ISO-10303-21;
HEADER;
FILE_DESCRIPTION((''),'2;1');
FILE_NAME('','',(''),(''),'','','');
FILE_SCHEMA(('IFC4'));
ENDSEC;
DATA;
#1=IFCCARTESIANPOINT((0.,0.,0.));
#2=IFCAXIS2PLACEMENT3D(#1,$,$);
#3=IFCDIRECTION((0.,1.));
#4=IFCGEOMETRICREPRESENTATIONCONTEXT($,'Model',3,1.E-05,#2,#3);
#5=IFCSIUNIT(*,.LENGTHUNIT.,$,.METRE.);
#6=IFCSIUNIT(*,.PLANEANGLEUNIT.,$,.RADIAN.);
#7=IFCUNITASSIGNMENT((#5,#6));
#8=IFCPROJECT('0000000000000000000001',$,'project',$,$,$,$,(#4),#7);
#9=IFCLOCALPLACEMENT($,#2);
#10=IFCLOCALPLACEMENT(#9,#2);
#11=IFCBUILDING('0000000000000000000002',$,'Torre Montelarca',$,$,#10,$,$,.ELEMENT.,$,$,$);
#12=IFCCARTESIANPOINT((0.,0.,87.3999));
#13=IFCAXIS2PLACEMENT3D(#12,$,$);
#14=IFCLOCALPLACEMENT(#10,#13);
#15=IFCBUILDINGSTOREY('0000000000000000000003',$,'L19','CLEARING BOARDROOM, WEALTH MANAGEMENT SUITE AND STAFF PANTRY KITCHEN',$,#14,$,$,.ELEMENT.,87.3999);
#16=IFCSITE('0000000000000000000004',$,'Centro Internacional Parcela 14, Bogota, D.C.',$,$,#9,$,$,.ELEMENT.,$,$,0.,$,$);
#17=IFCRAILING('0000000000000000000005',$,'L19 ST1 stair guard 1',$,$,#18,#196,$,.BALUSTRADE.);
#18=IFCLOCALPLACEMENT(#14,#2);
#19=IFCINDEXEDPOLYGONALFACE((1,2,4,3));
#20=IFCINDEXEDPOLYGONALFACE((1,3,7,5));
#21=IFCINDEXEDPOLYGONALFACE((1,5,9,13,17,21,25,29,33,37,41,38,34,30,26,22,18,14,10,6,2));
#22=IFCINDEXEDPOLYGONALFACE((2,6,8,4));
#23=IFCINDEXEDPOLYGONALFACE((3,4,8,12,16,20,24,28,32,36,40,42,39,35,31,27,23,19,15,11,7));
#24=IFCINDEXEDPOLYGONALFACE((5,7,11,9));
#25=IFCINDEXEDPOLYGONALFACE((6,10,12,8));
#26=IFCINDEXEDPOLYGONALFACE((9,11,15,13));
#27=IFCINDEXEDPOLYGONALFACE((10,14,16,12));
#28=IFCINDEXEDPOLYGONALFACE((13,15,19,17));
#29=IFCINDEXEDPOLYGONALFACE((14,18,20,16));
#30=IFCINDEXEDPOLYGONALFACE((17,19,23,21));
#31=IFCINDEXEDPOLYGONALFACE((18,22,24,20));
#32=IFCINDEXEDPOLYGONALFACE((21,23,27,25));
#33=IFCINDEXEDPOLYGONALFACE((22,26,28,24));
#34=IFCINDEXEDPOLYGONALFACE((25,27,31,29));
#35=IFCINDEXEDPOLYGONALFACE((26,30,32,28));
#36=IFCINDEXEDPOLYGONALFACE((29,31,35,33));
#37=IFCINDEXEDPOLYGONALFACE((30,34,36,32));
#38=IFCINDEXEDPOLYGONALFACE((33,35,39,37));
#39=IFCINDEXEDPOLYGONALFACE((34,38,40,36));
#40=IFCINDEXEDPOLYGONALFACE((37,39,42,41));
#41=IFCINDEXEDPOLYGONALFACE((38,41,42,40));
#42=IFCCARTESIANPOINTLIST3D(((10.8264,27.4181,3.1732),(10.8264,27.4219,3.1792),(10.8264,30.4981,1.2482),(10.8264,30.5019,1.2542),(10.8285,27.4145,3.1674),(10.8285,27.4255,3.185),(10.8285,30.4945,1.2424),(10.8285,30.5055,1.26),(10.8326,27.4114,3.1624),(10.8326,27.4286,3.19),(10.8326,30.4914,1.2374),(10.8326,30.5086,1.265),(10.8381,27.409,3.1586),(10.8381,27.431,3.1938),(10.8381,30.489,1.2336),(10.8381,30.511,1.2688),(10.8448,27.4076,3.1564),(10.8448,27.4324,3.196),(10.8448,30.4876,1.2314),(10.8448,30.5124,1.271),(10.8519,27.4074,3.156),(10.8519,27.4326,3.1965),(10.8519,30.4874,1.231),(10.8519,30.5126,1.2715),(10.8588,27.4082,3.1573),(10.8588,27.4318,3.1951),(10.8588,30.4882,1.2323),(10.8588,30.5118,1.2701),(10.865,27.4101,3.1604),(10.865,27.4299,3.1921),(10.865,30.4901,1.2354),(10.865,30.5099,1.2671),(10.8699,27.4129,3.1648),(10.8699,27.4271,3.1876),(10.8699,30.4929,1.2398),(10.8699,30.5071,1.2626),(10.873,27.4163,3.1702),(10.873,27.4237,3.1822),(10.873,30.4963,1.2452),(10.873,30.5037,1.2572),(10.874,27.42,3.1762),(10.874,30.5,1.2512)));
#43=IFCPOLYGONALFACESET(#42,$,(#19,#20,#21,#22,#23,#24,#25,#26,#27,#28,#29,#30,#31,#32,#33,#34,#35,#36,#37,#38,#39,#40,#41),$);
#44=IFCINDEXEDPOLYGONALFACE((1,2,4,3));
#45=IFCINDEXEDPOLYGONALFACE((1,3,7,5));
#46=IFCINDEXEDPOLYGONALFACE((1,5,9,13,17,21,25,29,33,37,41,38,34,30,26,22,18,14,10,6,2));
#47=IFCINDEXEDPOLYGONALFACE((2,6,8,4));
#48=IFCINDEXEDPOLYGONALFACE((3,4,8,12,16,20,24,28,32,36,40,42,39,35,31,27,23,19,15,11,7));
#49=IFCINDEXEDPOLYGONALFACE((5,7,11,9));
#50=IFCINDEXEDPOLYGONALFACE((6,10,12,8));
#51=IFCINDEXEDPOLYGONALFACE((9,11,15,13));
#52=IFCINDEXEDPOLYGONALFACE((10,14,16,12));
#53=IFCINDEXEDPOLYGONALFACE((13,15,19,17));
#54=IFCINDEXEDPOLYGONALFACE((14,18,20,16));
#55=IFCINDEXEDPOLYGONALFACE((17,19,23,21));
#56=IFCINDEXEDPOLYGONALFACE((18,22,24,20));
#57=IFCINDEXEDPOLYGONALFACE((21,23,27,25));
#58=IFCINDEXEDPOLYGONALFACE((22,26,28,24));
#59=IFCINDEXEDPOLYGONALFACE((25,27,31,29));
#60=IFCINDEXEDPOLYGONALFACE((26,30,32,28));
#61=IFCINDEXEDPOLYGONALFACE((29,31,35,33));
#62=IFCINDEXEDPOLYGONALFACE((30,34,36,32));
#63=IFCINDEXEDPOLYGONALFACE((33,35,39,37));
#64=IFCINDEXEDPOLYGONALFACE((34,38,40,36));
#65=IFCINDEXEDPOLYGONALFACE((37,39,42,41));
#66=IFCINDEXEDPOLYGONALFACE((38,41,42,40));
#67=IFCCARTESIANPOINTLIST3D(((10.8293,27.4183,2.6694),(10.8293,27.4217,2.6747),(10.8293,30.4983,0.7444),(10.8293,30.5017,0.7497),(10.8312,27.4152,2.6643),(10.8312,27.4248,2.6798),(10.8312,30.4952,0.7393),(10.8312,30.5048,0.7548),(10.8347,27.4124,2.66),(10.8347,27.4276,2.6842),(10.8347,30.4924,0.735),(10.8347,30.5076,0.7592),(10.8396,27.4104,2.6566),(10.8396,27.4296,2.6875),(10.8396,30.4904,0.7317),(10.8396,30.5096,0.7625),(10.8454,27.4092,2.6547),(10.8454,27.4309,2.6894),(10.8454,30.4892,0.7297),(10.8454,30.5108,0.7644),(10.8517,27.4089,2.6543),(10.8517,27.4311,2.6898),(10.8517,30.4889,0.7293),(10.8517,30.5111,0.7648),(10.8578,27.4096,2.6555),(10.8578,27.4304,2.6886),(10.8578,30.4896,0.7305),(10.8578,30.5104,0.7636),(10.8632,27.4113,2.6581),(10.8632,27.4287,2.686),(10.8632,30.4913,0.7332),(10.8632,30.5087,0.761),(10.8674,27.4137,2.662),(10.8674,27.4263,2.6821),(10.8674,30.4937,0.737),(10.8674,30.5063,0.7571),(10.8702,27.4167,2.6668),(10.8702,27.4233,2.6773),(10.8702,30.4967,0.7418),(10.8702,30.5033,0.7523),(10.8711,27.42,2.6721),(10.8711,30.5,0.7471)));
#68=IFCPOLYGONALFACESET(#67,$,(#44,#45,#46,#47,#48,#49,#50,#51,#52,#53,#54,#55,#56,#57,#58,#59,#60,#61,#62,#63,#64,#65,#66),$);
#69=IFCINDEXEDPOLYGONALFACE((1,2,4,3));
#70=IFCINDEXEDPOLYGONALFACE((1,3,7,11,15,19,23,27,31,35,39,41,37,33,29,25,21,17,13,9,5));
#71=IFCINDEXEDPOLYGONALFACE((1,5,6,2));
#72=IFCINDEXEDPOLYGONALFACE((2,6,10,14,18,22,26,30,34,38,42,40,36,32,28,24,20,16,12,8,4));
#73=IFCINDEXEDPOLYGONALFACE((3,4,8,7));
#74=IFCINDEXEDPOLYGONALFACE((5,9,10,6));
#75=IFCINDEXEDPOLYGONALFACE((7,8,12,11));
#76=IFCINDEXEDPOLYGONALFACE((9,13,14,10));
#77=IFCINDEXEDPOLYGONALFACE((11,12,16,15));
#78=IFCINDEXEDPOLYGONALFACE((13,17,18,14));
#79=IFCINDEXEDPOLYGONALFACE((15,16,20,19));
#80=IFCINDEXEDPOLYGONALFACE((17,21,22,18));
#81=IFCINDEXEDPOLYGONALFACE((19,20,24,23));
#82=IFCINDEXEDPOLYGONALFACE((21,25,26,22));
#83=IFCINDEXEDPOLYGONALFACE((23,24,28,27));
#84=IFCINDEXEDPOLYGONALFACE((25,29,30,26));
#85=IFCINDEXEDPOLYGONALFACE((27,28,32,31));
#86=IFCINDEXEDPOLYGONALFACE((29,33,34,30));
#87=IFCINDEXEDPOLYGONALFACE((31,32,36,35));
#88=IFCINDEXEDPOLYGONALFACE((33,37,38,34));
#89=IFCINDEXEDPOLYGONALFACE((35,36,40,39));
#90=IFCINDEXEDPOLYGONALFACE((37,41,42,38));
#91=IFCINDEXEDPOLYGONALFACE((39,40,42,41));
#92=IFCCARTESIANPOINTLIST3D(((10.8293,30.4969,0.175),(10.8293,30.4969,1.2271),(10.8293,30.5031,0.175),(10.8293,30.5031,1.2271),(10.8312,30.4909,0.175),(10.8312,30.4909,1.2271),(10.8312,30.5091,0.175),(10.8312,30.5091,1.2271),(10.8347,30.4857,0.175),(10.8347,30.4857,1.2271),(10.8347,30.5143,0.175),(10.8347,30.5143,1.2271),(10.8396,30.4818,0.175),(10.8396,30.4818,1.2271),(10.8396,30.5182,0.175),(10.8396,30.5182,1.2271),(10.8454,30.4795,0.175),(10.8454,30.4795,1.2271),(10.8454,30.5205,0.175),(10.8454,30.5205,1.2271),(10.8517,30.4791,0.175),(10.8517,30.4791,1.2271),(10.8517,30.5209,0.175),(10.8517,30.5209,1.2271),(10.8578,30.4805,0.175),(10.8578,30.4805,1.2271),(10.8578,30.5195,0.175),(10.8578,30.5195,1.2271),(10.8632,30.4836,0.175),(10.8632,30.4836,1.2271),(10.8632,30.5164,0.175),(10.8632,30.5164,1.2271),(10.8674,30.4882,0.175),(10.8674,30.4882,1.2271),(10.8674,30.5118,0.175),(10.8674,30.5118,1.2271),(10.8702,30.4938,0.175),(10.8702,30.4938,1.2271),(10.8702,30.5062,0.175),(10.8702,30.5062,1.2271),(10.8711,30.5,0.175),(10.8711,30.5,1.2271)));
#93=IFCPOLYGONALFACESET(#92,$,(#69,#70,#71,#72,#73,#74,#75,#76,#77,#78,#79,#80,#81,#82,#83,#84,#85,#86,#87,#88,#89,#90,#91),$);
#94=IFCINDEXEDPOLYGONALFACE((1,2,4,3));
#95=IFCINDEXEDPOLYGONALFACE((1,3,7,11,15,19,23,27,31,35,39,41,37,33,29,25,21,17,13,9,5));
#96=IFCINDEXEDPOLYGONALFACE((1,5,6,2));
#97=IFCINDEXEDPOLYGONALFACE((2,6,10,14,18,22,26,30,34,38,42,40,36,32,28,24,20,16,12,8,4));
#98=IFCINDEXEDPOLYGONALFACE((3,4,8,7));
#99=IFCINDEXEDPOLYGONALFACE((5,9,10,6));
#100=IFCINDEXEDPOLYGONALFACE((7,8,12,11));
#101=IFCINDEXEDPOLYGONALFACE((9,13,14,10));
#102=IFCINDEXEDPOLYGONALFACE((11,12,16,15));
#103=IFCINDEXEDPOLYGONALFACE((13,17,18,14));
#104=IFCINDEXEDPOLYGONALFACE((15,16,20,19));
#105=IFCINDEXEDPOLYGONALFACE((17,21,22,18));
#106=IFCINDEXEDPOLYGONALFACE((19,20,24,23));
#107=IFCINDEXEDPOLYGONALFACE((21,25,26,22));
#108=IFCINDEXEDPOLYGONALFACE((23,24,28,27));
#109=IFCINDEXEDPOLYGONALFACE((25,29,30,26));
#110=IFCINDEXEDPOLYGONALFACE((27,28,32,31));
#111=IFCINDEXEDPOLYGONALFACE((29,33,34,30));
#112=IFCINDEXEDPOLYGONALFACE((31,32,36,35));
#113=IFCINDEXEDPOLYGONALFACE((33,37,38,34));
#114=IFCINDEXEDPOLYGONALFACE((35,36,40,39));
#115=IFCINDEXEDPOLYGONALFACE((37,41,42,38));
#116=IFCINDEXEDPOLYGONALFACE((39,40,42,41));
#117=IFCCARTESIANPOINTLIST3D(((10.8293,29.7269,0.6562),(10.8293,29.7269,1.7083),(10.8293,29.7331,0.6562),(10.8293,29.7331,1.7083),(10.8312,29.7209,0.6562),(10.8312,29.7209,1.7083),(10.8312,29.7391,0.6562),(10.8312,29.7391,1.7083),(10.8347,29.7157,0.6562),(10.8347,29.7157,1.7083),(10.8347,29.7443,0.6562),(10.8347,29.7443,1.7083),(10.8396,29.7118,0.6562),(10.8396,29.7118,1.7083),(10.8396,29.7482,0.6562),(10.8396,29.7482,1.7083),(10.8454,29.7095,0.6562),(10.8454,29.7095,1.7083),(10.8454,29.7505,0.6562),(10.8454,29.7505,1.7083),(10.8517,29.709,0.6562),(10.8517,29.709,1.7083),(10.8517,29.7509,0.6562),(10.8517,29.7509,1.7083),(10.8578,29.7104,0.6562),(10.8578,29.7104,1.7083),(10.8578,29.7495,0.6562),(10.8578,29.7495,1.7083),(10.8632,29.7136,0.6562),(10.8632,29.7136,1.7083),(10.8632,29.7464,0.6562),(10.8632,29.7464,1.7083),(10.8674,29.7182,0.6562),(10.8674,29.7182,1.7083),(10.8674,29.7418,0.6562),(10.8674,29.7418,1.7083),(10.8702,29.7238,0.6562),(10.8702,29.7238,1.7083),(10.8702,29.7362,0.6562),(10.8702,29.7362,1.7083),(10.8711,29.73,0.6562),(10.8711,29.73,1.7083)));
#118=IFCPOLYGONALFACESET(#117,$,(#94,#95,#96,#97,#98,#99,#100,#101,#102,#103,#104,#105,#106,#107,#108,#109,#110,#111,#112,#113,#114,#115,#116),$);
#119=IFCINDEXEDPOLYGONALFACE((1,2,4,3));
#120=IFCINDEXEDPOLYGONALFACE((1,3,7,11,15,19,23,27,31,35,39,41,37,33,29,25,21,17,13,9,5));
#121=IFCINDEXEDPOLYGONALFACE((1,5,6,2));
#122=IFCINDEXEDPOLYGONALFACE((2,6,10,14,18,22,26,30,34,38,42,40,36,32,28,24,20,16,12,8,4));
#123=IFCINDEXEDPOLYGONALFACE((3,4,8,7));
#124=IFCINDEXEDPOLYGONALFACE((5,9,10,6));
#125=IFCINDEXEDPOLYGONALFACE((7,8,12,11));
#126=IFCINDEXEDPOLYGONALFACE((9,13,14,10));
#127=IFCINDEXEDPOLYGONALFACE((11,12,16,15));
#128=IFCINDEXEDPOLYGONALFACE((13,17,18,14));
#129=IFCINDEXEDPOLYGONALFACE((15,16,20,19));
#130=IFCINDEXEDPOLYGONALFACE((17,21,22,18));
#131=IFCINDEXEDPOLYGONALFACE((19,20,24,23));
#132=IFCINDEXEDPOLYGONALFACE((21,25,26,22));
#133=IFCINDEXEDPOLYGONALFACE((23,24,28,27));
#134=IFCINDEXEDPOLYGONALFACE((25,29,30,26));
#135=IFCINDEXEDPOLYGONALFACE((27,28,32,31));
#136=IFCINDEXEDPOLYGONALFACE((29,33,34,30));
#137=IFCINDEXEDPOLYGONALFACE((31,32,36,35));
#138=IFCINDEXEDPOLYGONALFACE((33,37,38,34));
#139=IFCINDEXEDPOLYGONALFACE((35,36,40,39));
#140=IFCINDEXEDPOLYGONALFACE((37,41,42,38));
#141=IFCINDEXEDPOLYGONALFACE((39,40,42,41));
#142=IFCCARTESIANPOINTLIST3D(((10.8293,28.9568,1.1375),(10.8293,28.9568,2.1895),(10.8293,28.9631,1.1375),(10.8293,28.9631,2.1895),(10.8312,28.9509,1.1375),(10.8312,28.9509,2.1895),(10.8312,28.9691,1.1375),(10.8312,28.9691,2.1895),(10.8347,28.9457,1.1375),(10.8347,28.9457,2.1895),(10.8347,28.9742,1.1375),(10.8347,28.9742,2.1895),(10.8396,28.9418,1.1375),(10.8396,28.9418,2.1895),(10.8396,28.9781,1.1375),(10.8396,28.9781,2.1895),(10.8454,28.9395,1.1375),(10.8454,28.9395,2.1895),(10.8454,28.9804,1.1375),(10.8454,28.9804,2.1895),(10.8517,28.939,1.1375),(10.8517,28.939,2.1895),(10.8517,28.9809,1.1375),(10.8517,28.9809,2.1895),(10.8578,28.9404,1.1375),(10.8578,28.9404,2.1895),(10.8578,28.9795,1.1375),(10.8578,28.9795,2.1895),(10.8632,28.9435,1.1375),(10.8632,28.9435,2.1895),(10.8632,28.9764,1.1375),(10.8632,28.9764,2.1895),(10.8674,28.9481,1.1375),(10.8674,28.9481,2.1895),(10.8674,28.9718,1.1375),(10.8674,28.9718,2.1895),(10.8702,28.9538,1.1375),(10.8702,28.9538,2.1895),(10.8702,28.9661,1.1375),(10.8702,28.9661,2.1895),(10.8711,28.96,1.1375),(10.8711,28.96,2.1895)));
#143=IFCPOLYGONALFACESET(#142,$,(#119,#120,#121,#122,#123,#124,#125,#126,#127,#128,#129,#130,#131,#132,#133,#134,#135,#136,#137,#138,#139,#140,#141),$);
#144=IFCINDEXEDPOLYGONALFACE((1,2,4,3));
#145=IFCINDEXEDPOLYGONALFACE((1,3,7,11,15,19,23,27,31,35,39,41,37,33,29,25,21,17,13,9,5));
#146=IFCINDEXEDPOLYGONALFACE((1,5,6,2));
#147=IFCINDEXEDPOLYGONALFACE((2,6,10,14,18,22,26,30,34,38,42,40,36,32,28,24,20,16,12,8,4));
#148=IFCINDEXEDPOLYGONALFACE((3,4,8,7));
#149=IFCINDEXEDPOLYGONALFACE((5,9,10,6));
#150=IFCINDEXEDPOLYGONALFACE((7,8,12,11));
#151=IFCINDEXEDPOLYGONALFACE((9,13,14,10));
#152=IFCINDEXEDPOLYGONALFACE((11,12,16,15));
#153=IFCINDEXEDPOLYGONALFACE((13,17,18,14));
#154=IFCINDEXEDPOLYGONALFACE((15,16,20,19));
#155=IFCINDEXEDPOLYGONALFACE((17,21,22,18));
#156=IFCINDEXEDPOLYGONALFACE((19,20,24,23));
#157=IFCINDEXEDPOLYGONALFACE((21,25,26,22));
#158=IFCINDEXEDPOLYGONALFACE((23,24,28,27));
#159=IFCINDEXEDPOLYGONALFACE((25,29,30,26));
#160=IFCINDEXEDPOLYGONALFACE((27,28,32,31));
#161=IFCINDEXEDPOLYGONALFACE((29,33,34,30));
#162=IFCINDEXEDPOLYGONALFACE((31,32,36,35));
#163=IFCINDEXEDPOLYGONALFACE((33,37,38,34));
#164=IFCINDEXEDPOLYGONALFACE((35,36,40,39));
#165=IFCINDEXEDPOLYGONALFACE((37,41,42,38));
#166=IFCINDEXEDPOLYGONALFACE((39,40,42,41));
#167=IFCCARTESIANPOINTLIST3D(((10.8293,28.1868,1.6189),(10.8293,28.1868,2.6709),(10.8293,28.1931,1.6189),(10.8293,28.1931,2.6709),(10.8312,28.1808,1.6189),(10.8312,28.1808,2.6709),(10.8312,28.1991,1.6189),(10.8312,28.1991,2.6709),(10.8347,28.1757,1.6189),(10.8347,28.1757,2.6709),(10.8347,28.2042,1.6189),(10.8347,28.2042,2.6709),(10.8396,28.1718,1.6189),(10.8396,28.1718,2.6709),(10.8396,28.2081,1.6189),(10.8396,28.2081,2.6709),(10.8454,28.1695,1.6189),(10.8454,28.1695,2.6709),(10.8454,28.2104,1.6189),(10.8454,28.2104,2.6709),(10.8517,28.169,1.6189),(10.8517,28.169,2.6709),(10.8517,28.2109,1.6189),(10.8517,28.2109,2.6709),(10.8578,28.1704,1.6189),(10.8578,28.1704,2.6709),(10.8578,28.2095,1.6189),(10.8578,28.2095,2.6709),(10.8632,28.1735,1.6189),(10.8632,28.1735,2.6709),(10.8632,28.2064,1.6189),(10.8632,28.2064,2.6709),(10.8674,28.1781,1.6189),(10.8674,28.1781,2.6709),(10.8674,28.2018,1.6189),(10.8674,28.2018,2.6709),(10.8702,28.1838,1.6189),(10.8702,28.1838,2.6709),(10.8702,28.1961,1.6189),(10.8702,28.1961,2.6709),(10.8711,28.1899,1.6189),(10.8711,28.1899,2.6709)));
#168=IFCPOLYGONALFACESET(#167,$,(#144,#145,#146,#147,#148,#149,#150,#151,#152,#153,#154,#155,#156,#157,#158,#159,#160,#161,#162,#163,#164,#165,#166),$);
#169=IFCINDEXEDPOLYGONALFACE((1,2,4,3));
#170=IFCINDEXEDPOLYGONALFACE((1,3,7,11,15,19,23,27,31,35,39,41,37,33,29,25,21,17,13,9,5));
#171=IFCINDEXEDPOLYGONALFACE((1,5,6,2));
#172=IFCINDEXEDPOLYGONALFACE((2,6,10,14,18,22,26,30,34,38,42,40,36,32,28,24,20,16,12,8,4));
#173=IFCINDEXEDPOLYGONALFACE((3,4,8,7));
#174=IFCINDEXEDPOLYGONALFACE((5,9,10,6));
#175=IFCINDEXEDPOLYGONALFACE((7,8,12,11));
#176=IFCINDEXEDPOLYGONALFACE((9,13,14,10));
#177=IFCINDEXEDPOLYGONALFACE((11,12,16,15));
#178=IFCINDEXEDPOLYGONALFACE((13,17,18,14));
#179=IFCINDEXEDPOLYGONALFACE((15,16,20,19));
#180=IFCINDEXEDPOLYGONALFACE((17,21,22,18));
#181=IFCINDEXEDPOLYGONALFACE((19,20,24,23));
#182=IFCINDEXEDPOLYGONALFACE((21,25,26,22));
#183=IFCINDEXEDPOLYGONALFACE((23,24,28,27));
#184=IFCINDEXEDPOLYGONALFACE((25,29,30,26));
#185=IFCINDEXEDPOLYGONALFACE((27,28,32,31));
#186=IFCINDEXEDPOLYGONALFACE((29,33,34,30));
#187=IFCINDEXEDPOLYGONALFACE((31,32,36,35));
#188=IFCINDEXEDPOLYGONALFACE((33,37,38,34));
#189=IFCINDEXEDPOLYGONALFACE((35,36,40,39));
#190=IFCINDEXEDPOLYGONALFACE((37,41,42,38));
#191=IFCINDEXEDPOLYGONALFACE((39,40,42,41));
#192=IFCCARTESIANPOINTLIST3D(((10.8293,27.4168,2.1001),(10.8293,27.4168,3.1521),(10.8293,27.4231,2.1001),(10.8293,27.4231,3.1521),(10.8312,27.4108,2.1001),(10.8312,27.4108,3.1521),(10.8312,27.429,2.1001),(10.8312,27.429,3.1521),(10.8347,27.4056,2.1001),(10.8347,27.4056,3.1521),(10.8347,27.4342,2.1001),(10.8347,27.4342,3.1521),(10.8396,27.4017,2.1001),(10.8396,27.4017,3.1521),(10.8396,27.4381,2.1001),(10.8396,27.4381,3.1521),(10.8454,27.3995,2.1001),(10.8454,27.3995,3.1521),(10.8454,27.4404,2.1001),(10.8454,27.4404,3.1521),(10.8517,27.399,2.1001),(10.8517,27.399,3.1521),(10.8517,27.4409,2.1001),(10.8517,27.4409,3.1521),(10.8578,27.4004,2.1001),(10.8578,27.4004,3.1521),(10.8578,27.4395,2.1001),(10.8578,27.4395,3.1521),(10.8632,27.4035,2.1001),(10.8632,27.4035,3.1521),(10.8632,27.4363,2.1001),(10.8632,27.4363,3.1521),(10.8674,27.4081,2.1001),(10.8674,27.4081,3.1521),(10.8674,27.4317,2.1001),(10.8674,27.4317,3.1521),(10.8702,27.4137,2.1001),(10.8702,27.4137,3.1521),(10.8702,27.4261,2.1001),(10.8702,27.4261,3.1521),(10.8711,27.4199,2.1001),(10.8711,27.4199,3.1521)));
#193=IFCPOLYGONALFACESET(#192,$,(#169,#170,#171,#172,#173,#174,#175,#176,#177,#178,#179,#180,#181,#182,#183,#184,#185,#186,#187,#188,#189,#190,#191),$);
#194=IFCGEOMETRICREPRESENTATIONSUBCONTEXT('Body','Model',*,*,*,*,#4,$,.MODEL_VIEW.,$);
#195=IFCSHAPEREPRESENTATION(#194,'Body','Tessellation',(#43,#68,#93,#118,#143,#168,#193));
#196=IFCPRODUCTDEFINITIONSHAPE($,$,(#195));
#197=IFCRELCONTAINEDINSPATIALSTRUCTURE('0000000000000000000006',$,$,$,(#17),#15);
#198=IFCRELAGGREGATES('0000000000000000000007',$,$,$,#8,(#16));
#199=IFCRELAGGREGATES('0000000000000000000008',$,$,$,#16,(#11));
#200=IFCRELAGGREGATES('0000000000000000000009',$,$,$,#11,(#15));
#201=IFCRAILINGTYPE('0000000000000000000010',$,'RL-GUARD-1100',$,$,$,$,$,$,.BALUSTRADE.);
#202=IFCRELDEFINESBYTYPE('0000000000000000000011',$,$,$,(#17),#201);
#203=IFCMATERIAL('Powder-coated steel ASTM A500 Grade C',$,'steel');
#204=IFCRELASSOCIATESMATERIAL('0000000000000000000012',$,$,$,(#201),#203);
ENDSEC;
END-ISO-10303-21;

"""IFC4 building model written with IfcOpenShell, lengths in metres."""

from ifc_helpers import new_model, si_unit, direction, frame, origin, origin_2d, place, context, subcontext, project, spatial, circle, extrude, material, type_object, element, save


model = new_model("IFC4")

# Units and contexts
model_context = context("Model", 3, precision=1e-05, world=origin(), true_north=direction((0.0, 1.0)))
body_context = subcontext(model_context, "Body", "Model", "MODEL_VIEW")
ifc_project = project(units=[si_unit("LENGTHUNIT", "METRE"), si_unit("PLANEANGLEUNIT", "RADIAN")], contexts=[model_context])

# Site, building, storey
site_placement = place(None, origin())
site = spatial("IfcSite", under=ifc_project, at=site_placement, Name="Centro Internacional Parcela 14, Bogota, D.C.", CompositionType="ELEMENT", RefElevation=0.0)
building_placement = place(site_placement, origin())
building = spatial("IfcBuilding", under=site, at=building_placement, Name="Torre Montelarca", CompositionType="ELEMENT")
storey_placement = place(building_placement, frame((0.0, 0.0, 87.3999)))
storey = spatial("IfcBuildingStorey", under=building, at=storey_placement, Name="L19", Description="CLEARING BOARDROOM, WEALTH MANAGEMENT SUITE AND STAFF PANTRY KITCHEN", CompositionType="ELEMENT", Elevation=87.3999)

# Railing
ifc_material_1 = material(Name="Powder-coated steel ASTM A500 Grade C", Category="steel")
railing_type_1 = type_object("IfcRailingType", Name="RL-GUARD-1100", PredefinedType="BALUSTRADE", material=ifc_material_1)
railing_1_placement = place(storey_placement, frame((10.8501, 30.5, 0.175)))
element("IfcRailing", 1, at=railing_1_placement, inside=storey, type_object=railing_type_1, Name="L19 ST1 stair guard 1", PredefinedType="BALUSTRADE", context=body_context, shape_type="SweptSolid", body=[
    extrude(circle(Radius=0.0239, at=origin_2d()), frame((0.0, 0.0, 1.0762), z_axis=(0.0, -0.847998, 0.529999), x_axis=(1.0, 0.0, 0.0)), (0.0, 0.0, 1.0), 3.6321),
    extrude(circle(Radius=0.021, at=origin_2d()), frame((0.0, 0.0, 0.572), z_axis=(0.0, -0.847998, 0.529999), x_axis=(1.0, 0.0, 0.0)), (0.0, 0.0, 1.0), 3.6321),
    extrude(circle(Radius=0.021, at=origin_2d()), origin(), (0.0, 0.0, 1.0), 1.052),
    extrude(circle(Radius=0.021, at=origin_2d()), frame((0.0, -0.77, 0.4812)), (0.0, 0.0, 1.0), 1.052),
    extrude(circle(Radius=0.021, at=origin_2d()), frame((0.0, -1.54, 0.9624)), (0.0, 0.0, 1.0), 1.052),
    extrude(circle(Radius=0.021, at=origin_2d()), frame((0.0, -2.3101, 1.4438)), (0.0, 0.0, 1.0), 1.052),
    extrude(circle(Radius=0.021, at=origin_2d()), frame((0.0, -3.0801, 1.925)), (0.0, 0.0, 1.0), 1.052),
])

save(model, "model.ifc")
